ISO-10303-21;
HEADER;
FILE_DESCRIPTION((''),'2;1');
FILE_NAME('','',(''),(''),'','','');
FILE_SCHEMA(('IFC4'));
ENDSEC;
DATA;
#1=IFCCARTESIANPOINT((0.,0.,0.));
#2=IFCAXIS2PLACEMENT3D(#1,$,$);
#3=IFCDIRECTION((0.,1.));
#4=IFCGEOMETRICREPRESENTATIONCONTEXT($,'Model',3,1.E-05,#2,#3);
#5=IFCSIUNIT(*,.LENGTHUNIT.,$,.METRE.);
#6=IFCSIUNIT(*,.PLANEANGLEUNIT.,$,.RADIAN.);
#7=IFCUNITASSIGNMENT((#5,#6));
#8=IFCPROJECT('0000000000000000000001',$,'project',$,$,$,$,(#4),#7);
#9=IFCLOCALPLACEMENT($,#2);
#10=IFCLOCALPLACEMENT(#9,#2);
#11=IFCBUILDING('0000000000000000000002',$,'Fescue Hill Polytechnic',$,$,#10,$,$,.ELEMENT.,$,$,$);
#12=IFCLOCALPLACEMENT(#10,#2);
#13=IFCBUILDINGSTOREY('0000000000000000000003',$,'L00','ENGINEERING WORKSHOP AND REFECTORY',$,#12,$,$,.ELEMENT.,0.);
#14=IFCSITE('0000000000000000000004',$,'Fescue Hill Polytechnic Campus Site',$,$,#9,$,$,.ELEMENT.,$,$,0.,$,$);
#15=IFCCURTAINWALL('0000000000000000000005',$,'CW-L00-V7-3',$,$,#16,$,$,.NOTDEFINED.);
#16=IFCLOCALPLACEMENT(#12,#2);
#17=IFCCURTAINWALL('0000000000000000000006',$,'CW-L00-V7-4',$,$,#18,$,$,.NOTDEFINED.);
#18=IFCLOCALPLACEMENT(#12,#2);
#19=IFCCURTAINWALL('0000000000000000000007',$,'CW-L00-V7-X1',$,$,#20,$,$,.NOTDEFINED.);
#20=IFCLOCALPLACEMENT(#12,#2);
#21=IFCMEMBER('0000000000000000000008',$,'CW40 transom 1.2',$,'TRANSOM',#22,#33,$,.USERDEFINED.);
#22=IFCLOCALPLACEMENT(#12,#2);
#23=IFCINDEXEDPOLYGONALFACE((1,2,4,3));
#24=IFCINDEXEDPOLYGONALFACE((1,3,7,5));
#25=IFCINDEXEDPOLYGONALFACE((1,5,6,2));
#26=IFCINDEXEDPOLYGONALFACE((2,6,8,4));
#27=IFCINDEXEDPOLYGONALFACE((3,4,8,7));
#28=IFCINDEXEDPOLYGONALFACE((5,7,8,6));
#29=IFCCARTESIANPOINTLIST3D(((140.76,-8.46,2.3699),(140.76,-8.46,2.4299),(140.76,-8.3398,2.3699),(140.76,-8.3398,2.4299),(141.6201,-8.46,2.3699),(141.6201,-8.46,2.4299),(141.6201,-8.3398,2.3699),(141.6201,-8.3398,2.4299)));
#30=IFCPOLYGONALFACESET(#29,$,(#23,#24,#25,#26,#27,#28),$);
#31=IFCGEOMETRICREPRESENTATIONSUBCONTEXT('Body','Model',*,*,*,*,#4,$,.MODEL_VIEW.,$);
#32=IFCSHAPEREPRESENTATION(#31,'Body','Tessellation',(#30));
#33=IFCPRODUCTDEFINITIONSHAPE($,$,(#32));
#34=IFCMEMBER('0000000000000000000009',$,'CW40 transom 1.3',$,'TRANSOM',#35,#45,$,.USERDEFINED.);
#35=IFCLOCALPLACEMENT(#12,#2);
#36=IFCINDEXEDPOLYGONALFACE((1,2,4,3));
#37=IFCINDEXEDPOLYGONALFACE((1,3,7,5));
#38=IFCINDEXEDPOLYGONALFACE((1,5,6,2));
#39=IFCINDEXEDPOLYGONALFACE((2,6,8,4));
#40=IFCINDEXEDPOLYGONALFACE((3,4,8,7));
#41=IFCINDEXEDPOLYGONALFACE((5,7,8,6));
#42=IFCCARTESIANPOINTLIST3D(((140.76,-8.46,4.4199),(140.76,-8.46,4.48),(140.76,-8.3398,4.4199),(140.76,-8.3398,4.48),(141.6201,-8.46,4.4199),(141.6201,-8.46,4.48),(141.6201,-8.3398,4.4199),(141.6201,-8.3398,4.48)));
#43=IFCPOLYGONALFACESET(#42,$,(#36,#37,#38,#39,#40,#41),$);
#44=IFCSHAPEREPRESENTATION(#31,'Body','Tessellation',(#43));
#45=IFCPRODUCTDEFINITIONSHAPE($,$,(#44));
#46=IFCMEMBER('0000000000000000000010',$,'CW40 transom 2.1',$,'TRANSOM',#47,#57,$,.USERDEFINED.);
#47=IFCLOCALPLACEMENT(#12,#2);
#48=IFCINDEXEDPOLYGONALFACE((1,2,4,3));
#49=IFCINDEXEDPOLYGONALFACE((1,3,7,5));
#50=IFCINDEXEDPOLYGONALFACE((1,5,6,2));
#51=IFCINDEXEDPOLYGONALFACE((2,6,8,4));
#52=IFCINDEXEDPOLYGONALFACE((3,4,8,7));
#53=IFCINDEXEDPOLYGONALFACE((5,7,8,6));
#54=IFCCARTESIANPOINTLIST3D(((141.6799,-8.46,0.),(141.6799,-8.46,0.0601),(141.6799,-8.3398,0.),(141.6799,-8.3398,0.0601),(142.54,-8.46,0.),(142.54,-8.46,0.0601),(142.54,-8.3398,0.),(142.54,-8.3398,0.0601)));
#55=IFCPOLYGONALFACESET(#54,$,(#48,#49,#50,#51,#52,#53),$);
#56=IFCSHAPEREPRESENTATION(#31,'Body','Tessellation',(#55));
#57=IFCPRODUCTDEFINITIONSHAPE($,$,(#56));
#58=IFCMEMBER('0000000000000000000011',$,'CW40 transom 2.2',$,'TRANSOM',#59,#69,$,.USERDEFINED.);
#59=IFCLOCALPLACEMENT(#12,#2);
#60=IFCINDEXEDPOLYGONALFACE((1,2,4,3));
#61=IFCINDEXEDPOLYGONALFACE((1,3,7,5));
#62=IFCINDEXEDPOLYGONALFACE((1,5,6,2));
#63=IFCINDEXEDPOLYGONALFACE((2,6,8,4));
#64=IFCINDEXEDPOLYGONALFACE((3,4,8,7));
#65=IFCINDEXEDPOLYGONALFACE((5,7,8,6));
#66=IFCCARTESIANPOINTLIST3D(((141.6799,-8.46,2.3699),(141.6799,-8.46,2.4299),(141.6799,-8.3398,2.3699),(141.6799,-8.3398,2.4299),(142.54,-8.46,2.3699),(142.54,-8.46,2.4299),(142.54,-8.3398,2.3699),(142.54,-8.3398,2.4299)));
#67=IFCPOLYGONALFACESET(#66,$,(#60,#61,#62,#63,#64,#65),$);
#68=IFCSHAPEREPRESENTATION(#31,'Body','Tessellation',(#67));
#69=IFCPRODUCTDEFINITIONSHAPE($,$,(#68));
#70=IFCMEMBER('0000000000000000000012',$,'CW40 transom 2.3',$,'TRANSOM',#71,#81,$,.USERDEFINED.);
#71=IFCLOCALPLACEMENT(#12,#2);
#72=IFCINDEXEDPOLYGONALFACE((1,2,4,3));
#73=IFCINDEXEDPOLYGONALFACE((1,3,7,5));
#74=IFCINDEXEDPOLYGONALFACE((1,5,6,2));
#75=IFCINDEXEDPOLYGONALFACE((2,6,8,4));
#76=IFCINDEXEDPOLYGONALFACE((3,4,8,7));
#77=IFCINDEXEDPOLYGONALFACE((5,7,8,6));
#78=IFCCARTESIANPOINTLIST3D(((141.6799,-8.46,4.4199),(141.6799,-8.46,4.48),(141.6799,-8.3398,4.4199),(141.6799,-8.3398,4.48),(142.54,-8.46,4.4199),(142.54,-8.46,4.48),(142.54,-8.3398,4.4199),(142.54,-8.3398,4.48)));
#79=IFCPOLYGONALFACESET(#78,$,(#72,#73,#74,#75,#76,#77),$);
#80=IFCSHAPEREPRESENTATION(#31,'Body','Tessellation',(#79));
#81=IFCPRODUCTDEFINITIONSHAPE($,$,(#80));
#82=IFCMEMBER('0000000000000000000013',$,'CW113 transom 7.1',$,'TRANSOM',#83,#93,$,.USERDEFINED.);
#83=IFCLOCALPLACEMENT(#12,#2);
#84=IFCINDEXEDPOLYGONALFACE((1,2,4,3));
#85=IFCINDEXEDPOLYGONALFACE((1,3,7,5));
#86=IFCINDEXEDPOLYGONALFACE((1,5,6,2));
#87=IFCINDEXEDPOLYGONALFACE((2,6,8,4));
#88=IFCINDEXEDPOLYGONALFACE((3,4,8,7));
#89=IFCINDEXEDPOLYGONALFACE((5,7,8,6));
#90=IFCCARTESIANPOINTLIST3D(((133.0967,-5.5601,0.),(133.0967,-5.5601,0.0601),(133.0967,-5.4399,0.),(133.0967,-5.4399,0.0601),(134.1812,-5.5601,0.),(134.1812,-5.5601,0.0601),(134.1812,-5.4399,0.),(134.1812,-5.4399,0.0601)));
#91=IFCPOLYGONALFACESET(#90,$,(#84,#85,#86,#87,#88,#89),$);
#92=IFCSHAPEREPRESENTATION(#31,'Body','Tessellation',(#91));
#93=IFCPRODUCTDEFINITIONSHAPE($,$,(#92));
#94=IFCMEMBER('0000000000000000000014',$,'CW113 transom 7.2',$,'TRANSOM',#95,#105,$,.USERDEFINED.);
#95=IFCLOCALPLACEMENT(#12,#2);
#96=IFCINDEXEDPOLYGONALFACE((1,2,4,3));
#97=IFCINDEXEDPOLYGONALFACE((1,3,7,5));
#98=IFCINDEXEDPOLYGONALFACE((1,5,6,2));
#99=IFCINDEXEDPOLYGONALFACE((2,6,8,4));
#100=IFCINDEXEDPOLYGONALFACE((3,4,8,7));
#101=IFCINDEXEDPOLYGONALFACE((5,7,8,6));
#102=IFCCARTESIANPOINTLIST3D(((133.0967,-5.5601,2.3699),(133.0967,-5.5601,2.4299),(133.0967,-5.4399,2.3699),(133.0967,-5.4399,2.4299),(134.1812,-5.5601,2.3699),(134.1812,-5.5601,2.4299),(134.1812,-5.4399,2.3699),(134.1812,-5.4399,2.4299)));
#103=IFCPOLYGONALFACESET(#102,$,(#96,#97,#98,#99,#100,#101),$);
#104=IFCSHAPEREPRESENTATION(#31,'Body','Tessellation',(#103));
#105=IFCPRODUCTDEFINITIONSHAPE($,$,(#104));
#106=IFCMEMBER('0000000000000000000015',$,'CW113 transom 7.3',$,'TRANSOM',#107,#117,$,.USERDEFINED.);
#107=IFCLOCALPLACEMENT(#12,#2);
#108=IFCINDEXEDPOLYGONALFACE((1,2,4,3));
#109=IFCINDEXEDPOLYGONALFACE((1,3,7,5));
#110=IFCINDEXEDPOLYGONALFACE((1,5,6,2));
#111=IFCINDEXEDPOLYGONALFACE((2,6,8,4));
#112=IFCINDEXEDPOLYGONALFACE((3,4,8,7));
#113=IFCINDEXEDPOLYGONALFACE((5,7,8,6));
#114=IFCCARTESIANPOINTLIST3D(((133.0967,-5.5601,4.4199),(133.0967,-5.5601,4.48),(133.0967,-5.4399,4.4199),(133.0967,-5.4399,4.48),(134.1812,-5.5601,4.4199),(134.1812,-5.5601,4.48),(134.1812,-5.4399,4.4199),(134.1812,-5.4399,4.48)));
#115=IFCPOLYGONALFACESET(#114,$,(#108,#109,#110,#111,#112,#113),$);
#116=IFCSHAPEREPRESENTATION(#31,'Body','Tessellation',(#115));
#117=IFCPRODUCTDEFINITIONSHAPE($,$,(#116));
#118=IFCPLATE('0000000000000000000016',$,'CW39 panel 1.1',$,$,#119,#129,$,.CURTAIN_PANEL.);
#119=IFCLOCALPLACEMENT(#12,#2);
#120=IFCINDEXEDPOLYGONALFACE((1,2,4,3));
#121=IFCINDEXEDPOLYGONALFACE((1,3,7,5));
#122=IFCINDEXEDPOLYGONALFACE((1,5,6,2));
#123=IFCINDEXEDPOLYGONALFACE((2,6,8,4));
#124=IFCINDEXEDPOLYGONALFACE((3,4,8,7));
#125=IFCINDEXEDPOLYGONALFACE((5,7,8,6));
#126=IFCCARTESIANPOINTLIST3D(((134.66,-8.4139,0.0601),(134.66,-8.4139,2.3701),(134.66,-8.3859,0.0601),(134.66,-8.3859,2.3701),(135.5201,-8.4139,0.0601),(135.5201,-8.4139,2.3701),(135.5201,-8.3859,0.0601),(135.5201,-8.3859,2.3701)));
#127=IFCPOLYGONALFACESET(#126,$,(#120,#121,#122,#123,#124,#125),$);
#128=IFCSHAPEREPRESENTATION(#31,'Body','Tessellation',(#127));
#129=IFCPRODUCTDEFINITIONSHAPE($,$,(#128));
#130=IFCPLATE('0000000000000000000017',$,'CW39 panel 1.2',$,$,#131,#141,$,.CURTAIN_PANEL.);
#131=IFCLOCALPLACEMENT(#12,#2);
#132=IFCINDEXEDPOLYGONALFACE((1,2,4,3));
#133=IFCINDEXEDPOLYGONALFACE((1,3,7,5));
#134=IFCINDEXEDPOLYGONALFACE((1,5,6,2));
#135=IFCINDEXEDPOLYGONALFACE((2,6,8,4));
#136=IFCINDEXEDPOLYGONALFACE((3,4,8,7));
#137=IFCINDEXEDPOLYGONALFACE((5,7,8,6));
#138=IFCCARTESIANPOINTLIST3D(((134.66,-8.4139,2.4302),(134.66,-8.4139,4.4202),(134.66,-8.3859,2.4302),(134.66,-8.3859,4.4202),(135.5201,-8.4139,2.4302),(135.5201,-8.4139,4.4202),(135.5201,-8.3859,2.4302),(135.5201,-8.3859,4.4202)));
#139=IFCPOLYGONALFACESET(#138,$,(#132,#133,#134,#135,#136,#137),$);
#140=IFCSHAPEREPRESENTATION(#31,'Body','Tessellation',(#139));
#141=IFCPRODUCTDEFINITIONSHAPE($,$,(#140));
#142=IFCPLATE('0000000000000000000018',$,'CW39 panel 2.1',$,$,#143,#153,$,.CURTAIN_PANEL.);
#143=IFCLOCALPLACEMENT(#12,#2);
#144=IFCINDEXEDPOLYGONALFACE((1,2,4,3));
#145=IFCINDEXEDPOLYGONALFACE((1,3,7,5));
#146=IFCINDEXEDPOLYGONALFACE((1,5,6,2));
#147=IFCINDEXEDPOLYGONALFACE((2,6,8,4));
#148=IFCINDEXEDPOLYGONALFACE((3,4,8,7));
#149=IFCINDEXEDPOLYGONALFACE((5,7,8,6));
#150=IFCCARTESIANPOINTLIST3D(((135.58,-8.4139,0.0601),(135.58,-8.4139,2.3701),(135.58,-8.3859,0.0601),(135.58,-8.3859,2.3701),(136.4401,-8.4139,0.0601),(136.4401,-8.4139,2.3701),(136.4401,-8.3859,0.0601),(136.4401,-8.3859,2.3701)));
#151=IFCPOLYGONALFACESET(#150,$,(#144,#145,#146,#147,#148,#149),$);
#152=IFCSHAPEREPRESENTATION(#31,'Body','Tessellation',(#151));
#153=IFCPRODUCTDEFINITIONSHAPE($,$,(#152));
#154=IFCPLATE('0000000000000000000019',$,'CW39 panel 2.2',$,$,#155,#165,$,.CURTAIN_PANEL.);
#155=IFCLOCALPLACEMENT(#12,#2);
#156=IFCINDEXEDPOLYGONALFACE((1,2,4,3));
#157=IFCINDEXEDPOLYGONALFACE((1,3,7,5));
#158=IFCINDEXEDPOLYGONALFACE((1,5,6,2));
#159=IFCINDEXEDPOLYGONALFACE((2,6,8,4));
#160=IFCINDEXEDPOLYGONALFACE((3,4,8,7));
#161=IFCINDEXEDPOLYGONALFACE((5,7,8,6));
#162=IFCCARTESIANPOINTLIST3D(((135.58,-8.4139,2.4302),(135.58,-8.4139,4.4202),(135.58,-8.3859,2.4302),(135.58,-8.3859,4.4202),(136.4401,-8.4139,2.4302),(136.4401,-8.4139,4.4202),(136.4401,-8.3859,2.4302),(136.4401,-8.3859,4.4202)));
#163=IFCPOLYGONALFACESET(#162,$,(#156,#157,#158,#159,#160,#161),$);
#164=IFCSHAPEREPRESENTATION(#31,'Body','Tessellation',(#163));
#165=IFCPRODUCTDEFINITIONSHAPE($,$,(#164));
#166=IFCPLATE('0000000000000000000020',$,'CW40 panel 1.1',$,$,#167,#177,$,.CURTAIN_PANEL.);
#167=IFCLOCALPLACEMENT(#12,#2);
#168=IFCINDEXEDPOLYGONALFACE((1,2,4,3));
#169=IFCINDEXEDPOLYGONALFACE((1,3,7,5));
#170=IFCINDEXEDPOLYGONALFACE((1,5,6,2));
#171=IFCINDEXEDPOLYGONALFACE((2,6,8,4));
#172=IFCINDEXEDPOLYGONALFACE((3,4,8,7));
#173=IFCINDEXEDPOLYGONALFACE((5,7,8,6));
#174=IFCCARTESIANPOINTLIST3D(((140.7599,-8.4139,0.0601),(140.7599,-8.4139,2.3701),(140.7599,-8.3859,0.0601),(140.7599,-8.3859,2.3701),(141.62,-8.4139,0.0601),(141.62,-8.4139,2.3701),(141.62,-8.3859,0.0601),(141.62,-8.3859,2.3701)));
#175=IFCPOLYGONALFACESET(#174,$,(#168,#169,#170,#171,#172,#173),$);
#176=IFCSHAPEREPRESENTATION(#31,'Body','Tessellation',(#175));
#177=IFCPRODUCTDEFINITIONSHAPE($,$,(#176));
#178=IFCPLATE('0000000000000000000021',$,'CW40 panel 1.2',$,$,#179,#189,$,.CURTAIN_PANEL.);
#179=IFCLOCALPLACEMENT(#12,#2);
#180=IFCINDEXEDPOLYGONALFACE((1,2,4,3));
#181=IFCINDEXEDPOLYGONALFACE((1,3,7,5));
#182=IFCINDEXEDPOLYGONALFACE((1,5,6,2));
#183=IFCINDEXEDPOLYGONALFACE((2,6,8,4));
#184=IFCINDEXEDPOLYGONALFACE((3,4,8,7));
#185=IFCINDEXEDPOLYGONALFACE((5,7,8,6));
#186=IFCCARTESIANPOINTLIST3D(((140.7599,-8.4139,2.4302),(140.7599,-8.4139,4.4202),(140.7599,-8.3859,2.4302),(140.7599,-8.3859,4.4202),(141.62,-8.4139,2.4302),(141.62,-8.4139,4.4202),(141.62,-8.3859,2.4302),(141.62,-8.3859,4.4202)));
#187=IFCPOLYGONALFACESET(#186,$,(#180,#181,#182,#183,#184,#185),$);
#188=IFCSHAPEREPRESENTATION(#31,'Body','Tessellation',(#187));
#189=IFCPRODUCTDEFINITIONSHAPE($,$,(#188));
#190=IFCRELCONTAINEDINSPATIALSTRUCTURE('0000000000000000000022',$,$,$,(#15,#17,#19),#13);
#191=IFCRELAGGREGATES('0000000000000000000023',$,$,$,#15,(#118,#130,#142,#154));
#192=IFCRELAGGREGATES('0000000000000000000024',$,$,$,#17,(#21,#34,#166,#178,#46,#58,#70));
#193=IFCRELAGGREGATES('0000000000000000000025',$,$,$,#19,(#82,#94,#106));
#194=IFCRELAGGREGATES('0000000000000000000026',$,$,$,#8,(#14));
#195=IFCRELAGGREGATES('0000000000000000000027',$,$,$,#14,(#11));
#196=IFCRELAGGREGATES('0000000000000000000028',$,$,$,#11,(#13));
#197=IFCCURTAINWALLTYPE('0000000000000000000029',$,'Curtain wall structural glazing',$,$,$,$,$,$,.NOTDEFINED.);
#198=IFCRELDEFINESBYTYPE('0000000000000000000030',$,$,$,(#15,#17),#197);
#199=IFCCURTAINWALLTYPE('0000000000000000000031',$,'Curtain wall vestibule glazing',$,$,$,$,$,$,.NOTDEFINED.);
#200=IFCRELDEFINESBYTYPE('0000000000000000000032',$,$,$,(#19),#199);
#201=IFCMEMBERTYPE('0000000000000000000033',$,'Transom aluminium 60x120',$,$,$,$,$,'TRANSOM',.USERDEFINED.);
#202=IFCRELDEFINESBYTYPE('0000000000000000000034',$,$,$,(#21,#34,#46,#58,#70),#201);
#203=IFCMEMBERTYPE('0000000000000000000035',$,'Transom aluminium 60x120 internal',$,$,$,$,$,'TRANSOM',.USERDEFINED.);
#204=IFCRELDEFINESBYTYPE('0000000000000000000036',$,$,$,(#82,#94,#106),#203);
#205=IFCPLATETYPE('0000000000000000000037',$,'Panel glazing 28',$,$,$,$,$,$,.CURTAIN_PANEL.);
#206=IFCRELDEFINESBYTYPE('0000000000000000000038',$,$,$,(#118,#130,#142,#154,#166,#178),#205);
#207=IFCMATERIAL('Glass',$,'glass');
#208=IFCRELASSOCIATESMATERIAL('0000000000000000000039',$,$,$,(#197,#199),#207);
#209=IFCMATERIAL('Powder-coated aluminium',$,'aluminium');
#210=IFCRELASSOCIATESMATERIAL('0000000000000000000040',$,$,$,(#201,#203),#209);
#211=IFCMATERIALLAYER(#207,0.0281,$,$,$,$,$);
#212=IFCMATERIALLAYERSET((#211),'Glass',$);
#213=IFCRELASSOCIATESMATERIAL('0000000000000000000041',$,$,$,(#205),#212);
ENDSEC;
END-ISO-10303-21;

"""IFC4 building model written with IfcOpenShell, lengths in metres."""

from ifc_helpers import new_model, si_unit, direction, frame, origin, origin_2d, place, context, subcontext, project, spatial, rectangle, extrude, material, layer, layer_set, material_profile, profile_set, type_object, element, aggregate, save


model = new_model("IFC4")

# Units and contexts
model_context = context("Model", 3, precision=1e-05, world=origin(), true_north=direction((0.0, 1.0)))
body_context = subcontext(model_context, "Body", "Model", "MODEL_VIEW")
ifc_project = project(units=[si_unit("LENGTHUNIT", "METRE"), si_unit("PLANEANGLEUNIT", "RADIAN")], contexts=[model_context])

# Site, building, storey
site_placement = place(None, origin())
site = spatial("IfcSite", under=ifc_project, at=site_placement, Name="Fescue Hill Polytechnic Campus Site", CompositionType="ELEMENT", RefElevation=0.0)
building_placement = place(site_placement, origin())
building = spatial("IfcBuilding", under=site, at=building_placement, Name="Fescue Hill Polytechnic", CompositionType="ELEMENT")
storey_placement = place(building_placement, origin())
storey = spatial("IfcBuildingStorey", under=building, at=storey_placement, Name="L00", Description="ENGINEERING WORKSHOP AND REFECTORY", CompositionType="ELEMENT", Elevation=0.0)

# Curtain walls
ifc_material_1 = material(Name="Glass", Category="glass")
curtain_wall_type_1 = type_object("IfcCurtainWallType", Name="Curtain wall structural glazing", PredefinedType="NOTDEFINED", material=ifc_material_1)
curtain_wall_1_placement = place(storey_placement, origin())
curtain_wall_1 = element("IfcCurtainWall", 1, at=curtain_wall_1_placement, inside=storey, type_object=curtain_wall_type_1, Name="CW-L00-V7-3", PredefinedType="NOTDEFINED")
ifc_material_2 = material(Name="Powder-coated aluminium", Category="aluminium")
curtain_wall_2_placement = place(storey_placement, origin())
curtain_wall_2 = element("IfcCurtainWall", 2, at=curtain_wall_2_placement, inside=storey, type_object=curtain_wall_type_1, Name="CW-L00-V7-4", PredefinedType="NOTDEFINED")

# Curtain wall
curtain_wall_type_2 = type_object("IfcCurtainWallType", Name="Curtain wall vestibule glazing", PredefinedType="NOTDEFINED", material=ifc_material_1)
curtain_wall_3_placement = place(storey_placement, origin())
curtain_wall_3 = element("IfcCurtainWall", 3, at=curtain_wall_3_placement, inside=storey, type_object=curtain_wall_type_2, Name="CW-L00-V7-X1", PredefinedType="NOTDEFINED")

# Members
ifc_material_profile_1 = material_profile(ifc_material_2, rectangle(XDim=0.1201, YDim=0.0601, at=origin_2d()), Name="Transom aluminium 60x120")
ifc_profile_set_1 = profile_set([ifc_material_profile_1], Name="Powder-coated aluminium")
member_type_1 = type_object("IfcMemberType", Name="Transom aluminium 60x120", ElementType="TRANSOM", PredefinedType="USERDEFINED", material=ifc_profile_set_1)
member_1_placement = place(storey_placement, frame((140.76, -8.3999, 2.3999), z_axis=(1.0, 0.0, 0.0), x_axis=(0.0, 1.0, 0.0)))
member_1 = element("IfcMember", 4, at=member_1_placement, type_object=member_type_1, Name="CW40 transom 1.2", ObjectType="TRANSOM", PredefinedType="USERDEFINED", context=body_context, shape_type="SweptSolid", body=[
    extrude(rectangle(XDim=0.1201, YDim=0.0601, at=origin_2d()), origin(), (0.0, 0.0, 1.0), 0.8601),
])
member_2_placement = place(storey_placement, frame((140.76, -8.3999, 4.45), z_axis=(1.0, 0.0, 0.0), x_axis=(0.0, 1.0, 0.0)))
member_2 = element("IfcMember", 5, at=member_2_placement, type_object=member_type_1, Name="CW40 transom 1.3", ObjectType="TRANSOM", PredefinedType="USERDEFINED", context=body_context, shape_type="SweptSolid", body=[
    extrude(rectangle(XDim=0.1201, YDim=0.0601, at=origin_2d()), origin(), (0.0, 0.0, 1.0), 0.8601),
])
member_3_placement = place(storey_placement, frame((141.6799, -8.3999, 0.03), z_axis=(1.0, 0.0, 0.0), x_axis=(0.0, 1.0, 0.0)))
member_3 = element("IfcMember", 6, at=member_3_placement, type_object=member_type_1, Name="CW40 transom 2.1", ObjectType="TRANSOM", PredefinedType="USERDEFINED", context=body_context, shape_type="SweptSolid", body=[
    extrude(rectangle(XDim=0.1201, YDim=0.0601, at=origin_2d()), origin(), (0.0, 0.0, 1.0), 0.8601),
])
member_4_placement = place(storey_placement, frame((141.6799, -8.3999, 2.3999), z_axis=(1.0, 0.0, 0.0), x_axis=(0.0, 1.0, 0.0)))
member_4 = element("IfcMember", 7, at=member_4_placement, type_object=member_type_1, Name="CW40 transom 2.2", ObjectType="TRANSOM", PredefinedType="USERDEFINED", context=body_context, shape_type="SweptSolid", body=[
    extrude(rectangle(XDim=0.1201, YDim=0.0601, at=origin_2d()), origin(), (0.0, 0.0, 1.0), 0.8601),
])
member_5_placement = place(storey_placement, frame((141.6799, -8.3999, 4.45), z_axis=(1.0, 0.0, 0.0), x_axis=(0.0, 1.0, 0.0)))
member_5 = element("IfcMember", 8, at=member_5_placement, type_object=member_type_1, Name="CW40 transom 2.3", ObjectType="TRANSOM", PredefinedType="USERDEFINED", context=body_context, shape_type="SweptSolid", body=[
    extrude(rectangle(XDim=0.1201, YDim=0.0601, at=origin_2d()), origin(), (0.0, 0.0, 1.0), 0.8601),
])
ifc_material_profile_2 = material_profile(ifc_material_2, rectangle(XDim=0.1201, YDim=0.0601, at=origin_2d()), Name="Transom aluminium 60x120 internal")
ifc_profile_set_2 = profile_set([ifc_material_profile_2], Name="Powder-coated aluminium")
member_type_2 = type_object("IfcMemberType", Name="Transom aluminium 60x120 internal", ElementType="TRANSOM", PredefinedType="USERDEFINED", material=ifc_profile_set_2)
member_6_placement = place(storey_placement, frame((133.0967, -5.5, 0.03), z_axis=(1.0, 0.0, 0.0), x_axis=(0.0, 1.0, 0.0)))
member_6 = element("IfcMember", 9, at=member_6_placement, type_object=member_type_2, Name="CW113 transom 7.1", ObjectType="TRANSOM", PredefinedType="USERDEFINED", context=body_context, shape_type="SweptSolid", body=[
    extrude(rectangle(XDim=0.1201, YDim=0.0601, at=origin_2d()), origin(), (0.0, 0.0, 1.0), 1.0845),
])
member_7_placement = place(storey_placement, frame((133.0967, -5.5, 2.3999), z_axis=(1.0, 0.0, 0.0), x_axis=(0.0, 1.0, 0.0)))
member_7 = element("IfcMember", 10, at=member_7_placement, type_object=member_type_2, Name="CW113 transom 7.2", ObjectType="TRANSOM", PredefinedType="USERDEFINED", context=body_context, shape_type="SweptSolid", body=[
    extrude(rectangle(XDim=0.1201, YDim=0.0601, at=origin_2d()), origin(), (0.0, 0.0, 1.0), 1.0845),
])
member_8_placement = place(storey_placement, frame((133.0967, -5.5, 4.45), z_axis=(1.0, 0.0, 0.0), x_axis=(0.0, 1.0, 0.0)))
member_8 = element("IfcMember", 11, at=member_8_placement, type_object=member_type_2, Name="CW113 transom 7.3", ObjectType="TRANSOM", PredefinedType="USERDEFINED", context=body_context, shape_type="SweptSolid", body=[
    extrude(rectangle(XDim=0.1201, YDim=0.0601, at=origin_2d()), origin(), (0.0, 0.0, 1.0), 1.0845),
])

# Plates
ifc_layer_1 = layer(ifc_material_1, 0.0281)
ifc_layer_set_1 = layer_set([ifc_layer_1], Name="Glass")
plate_type_1 = type_object("IfcPlateType", Name="Panel glazing 28", PredefinedType="CURTAIN_PANEL", material=ifc_layer_set_1)
plate_1_placement = place(storey_placement, frame((135.0901, -8.3999, 0.0601), z_axis=(0.0, 0.0, 1.0), x_axis=(1.0, 0.0, 0.0)))
plate_1 = element("IfcPlate", 12, at=plate_1_placement, type_object=plate_type_1, Name="CW39 panel 1.1", PredefinedType="CURTAIN_PANEL", context=body_context, shape_type="SweptSolid", body=[
    extrude(rectangle(XDim=0.8601, YDim=0.0281, at=origin_2d()), origin(), (0.0, 0.0, 1.0), 2.3101),
])
plate_2_placement = place(storey_placement, frame((135.0901, -8.3999, 2.4302), z_axis=(0.0, 0.0, 1.0), x_axis=(1.0, 0.0, 0.0)))
plate_2 = element("IfcPlate", 13, at=plate_2_placement, type_object=plate_type_1, Name="CW39 panel 1.2", PredefinedType="CURTAIN_PANEL", context=body_context, shape_type="SweptSolid", body=[
    extrude(rectangle(XDim=0.8601, YDim=0.0281, at=origin_2d()), origin(), (0.0, 0.0, 1.0), 1.99),
])
plate_3_placement = place(storey_placement, frame((136.01, -8.3999, 0.0601), z_axis=(0.0, 0.0, 1.0), x_axis=(1.0, 0.0, 0.0)))
plate_3 = element("IfcPlate", 14, at=plate_3_placement, type_object=plate_type_1, Name="CW39 panel 2.1", PredefinedType="CURTAIN_PANEL", context=body_context, shape_type="SweptSolid", body=[
    extrude(rectangle(XDim=0.8601, YDim=0.0281, at=origin_2d()), origin(), (0.0, 0.0, 1.0), 2.3101),
])
plate_4_placement = place(storey_placement, frame((136.01, -8.3999, 2.4302), z_axis=(0.0, 0.0, 1.0), x_axis=(1.0, 0.0, 0.0)))
plate_4 = element("IfcPlate", 15, at=plate_4_placement, type_object=plate_type_1, Name="CW39 panel 2.2", PredefinedType="CURTAIN_PANEL", context=body_context, shape_type="SweptSolid", body=[
    extrude(rectangle(XDim=0.8601, YDim=0.0281, at=origin_2d()), origin(), (0.0, 0.0, 1.0), 1.99),
])
aggregate(curtain_wall_1, [plate_1, plate_2, plate_3, plate_4])
plate_5_placement = place(storey_placement, frame((141.1899, -8.3999, 0.0601), z_axis=(0.0, 0.0, 1.0), x_axis=(1.0, 0.0, 0.0)))
plate_5 = element("IfcPlate", 16, at=plate_5_placement, type_object=plate_type_1, Name="CW40 panel 1.1", PredefinedType="CURTAIN_PANEL", context=body_context, shape_type="SweptSolid", body=[
    extrude(rectangle(XDim=0.8601, YDim=0.0281, at=origin_2d()), origin(), (0.0, 0.0, 1.0), 2.3101),
])
plate_6_placement = place(storey_placement, frame((141.1899, -8.3999, 2.4302), z_axis=(0.0, 0.0, 1.0), x_axis=(1.0, 0.0, 0.0)))
plate_6 = element("IfcPlate", 17, at=plate_6_placement, type_object=plate_type_1, Name="CW40 panel 1.2", PredefinedType="CURTAIN_PANEL", context=body_context, shape_type="SweptSolid", body=[
    extrude(rectangle(XDim=0.8601, YDim=0.0281, at=origin_2d()), origin(), (0.0, 0.0, 1.0), 1.99),
])
aggregate(curtain_wall_2, [member_1, member_2, plate_5, plate_6, member_3, member_4, member_5])
aggregate(curtain_wall_3, [member_6, member_7, member_8])

save(model, "model.ifc")
